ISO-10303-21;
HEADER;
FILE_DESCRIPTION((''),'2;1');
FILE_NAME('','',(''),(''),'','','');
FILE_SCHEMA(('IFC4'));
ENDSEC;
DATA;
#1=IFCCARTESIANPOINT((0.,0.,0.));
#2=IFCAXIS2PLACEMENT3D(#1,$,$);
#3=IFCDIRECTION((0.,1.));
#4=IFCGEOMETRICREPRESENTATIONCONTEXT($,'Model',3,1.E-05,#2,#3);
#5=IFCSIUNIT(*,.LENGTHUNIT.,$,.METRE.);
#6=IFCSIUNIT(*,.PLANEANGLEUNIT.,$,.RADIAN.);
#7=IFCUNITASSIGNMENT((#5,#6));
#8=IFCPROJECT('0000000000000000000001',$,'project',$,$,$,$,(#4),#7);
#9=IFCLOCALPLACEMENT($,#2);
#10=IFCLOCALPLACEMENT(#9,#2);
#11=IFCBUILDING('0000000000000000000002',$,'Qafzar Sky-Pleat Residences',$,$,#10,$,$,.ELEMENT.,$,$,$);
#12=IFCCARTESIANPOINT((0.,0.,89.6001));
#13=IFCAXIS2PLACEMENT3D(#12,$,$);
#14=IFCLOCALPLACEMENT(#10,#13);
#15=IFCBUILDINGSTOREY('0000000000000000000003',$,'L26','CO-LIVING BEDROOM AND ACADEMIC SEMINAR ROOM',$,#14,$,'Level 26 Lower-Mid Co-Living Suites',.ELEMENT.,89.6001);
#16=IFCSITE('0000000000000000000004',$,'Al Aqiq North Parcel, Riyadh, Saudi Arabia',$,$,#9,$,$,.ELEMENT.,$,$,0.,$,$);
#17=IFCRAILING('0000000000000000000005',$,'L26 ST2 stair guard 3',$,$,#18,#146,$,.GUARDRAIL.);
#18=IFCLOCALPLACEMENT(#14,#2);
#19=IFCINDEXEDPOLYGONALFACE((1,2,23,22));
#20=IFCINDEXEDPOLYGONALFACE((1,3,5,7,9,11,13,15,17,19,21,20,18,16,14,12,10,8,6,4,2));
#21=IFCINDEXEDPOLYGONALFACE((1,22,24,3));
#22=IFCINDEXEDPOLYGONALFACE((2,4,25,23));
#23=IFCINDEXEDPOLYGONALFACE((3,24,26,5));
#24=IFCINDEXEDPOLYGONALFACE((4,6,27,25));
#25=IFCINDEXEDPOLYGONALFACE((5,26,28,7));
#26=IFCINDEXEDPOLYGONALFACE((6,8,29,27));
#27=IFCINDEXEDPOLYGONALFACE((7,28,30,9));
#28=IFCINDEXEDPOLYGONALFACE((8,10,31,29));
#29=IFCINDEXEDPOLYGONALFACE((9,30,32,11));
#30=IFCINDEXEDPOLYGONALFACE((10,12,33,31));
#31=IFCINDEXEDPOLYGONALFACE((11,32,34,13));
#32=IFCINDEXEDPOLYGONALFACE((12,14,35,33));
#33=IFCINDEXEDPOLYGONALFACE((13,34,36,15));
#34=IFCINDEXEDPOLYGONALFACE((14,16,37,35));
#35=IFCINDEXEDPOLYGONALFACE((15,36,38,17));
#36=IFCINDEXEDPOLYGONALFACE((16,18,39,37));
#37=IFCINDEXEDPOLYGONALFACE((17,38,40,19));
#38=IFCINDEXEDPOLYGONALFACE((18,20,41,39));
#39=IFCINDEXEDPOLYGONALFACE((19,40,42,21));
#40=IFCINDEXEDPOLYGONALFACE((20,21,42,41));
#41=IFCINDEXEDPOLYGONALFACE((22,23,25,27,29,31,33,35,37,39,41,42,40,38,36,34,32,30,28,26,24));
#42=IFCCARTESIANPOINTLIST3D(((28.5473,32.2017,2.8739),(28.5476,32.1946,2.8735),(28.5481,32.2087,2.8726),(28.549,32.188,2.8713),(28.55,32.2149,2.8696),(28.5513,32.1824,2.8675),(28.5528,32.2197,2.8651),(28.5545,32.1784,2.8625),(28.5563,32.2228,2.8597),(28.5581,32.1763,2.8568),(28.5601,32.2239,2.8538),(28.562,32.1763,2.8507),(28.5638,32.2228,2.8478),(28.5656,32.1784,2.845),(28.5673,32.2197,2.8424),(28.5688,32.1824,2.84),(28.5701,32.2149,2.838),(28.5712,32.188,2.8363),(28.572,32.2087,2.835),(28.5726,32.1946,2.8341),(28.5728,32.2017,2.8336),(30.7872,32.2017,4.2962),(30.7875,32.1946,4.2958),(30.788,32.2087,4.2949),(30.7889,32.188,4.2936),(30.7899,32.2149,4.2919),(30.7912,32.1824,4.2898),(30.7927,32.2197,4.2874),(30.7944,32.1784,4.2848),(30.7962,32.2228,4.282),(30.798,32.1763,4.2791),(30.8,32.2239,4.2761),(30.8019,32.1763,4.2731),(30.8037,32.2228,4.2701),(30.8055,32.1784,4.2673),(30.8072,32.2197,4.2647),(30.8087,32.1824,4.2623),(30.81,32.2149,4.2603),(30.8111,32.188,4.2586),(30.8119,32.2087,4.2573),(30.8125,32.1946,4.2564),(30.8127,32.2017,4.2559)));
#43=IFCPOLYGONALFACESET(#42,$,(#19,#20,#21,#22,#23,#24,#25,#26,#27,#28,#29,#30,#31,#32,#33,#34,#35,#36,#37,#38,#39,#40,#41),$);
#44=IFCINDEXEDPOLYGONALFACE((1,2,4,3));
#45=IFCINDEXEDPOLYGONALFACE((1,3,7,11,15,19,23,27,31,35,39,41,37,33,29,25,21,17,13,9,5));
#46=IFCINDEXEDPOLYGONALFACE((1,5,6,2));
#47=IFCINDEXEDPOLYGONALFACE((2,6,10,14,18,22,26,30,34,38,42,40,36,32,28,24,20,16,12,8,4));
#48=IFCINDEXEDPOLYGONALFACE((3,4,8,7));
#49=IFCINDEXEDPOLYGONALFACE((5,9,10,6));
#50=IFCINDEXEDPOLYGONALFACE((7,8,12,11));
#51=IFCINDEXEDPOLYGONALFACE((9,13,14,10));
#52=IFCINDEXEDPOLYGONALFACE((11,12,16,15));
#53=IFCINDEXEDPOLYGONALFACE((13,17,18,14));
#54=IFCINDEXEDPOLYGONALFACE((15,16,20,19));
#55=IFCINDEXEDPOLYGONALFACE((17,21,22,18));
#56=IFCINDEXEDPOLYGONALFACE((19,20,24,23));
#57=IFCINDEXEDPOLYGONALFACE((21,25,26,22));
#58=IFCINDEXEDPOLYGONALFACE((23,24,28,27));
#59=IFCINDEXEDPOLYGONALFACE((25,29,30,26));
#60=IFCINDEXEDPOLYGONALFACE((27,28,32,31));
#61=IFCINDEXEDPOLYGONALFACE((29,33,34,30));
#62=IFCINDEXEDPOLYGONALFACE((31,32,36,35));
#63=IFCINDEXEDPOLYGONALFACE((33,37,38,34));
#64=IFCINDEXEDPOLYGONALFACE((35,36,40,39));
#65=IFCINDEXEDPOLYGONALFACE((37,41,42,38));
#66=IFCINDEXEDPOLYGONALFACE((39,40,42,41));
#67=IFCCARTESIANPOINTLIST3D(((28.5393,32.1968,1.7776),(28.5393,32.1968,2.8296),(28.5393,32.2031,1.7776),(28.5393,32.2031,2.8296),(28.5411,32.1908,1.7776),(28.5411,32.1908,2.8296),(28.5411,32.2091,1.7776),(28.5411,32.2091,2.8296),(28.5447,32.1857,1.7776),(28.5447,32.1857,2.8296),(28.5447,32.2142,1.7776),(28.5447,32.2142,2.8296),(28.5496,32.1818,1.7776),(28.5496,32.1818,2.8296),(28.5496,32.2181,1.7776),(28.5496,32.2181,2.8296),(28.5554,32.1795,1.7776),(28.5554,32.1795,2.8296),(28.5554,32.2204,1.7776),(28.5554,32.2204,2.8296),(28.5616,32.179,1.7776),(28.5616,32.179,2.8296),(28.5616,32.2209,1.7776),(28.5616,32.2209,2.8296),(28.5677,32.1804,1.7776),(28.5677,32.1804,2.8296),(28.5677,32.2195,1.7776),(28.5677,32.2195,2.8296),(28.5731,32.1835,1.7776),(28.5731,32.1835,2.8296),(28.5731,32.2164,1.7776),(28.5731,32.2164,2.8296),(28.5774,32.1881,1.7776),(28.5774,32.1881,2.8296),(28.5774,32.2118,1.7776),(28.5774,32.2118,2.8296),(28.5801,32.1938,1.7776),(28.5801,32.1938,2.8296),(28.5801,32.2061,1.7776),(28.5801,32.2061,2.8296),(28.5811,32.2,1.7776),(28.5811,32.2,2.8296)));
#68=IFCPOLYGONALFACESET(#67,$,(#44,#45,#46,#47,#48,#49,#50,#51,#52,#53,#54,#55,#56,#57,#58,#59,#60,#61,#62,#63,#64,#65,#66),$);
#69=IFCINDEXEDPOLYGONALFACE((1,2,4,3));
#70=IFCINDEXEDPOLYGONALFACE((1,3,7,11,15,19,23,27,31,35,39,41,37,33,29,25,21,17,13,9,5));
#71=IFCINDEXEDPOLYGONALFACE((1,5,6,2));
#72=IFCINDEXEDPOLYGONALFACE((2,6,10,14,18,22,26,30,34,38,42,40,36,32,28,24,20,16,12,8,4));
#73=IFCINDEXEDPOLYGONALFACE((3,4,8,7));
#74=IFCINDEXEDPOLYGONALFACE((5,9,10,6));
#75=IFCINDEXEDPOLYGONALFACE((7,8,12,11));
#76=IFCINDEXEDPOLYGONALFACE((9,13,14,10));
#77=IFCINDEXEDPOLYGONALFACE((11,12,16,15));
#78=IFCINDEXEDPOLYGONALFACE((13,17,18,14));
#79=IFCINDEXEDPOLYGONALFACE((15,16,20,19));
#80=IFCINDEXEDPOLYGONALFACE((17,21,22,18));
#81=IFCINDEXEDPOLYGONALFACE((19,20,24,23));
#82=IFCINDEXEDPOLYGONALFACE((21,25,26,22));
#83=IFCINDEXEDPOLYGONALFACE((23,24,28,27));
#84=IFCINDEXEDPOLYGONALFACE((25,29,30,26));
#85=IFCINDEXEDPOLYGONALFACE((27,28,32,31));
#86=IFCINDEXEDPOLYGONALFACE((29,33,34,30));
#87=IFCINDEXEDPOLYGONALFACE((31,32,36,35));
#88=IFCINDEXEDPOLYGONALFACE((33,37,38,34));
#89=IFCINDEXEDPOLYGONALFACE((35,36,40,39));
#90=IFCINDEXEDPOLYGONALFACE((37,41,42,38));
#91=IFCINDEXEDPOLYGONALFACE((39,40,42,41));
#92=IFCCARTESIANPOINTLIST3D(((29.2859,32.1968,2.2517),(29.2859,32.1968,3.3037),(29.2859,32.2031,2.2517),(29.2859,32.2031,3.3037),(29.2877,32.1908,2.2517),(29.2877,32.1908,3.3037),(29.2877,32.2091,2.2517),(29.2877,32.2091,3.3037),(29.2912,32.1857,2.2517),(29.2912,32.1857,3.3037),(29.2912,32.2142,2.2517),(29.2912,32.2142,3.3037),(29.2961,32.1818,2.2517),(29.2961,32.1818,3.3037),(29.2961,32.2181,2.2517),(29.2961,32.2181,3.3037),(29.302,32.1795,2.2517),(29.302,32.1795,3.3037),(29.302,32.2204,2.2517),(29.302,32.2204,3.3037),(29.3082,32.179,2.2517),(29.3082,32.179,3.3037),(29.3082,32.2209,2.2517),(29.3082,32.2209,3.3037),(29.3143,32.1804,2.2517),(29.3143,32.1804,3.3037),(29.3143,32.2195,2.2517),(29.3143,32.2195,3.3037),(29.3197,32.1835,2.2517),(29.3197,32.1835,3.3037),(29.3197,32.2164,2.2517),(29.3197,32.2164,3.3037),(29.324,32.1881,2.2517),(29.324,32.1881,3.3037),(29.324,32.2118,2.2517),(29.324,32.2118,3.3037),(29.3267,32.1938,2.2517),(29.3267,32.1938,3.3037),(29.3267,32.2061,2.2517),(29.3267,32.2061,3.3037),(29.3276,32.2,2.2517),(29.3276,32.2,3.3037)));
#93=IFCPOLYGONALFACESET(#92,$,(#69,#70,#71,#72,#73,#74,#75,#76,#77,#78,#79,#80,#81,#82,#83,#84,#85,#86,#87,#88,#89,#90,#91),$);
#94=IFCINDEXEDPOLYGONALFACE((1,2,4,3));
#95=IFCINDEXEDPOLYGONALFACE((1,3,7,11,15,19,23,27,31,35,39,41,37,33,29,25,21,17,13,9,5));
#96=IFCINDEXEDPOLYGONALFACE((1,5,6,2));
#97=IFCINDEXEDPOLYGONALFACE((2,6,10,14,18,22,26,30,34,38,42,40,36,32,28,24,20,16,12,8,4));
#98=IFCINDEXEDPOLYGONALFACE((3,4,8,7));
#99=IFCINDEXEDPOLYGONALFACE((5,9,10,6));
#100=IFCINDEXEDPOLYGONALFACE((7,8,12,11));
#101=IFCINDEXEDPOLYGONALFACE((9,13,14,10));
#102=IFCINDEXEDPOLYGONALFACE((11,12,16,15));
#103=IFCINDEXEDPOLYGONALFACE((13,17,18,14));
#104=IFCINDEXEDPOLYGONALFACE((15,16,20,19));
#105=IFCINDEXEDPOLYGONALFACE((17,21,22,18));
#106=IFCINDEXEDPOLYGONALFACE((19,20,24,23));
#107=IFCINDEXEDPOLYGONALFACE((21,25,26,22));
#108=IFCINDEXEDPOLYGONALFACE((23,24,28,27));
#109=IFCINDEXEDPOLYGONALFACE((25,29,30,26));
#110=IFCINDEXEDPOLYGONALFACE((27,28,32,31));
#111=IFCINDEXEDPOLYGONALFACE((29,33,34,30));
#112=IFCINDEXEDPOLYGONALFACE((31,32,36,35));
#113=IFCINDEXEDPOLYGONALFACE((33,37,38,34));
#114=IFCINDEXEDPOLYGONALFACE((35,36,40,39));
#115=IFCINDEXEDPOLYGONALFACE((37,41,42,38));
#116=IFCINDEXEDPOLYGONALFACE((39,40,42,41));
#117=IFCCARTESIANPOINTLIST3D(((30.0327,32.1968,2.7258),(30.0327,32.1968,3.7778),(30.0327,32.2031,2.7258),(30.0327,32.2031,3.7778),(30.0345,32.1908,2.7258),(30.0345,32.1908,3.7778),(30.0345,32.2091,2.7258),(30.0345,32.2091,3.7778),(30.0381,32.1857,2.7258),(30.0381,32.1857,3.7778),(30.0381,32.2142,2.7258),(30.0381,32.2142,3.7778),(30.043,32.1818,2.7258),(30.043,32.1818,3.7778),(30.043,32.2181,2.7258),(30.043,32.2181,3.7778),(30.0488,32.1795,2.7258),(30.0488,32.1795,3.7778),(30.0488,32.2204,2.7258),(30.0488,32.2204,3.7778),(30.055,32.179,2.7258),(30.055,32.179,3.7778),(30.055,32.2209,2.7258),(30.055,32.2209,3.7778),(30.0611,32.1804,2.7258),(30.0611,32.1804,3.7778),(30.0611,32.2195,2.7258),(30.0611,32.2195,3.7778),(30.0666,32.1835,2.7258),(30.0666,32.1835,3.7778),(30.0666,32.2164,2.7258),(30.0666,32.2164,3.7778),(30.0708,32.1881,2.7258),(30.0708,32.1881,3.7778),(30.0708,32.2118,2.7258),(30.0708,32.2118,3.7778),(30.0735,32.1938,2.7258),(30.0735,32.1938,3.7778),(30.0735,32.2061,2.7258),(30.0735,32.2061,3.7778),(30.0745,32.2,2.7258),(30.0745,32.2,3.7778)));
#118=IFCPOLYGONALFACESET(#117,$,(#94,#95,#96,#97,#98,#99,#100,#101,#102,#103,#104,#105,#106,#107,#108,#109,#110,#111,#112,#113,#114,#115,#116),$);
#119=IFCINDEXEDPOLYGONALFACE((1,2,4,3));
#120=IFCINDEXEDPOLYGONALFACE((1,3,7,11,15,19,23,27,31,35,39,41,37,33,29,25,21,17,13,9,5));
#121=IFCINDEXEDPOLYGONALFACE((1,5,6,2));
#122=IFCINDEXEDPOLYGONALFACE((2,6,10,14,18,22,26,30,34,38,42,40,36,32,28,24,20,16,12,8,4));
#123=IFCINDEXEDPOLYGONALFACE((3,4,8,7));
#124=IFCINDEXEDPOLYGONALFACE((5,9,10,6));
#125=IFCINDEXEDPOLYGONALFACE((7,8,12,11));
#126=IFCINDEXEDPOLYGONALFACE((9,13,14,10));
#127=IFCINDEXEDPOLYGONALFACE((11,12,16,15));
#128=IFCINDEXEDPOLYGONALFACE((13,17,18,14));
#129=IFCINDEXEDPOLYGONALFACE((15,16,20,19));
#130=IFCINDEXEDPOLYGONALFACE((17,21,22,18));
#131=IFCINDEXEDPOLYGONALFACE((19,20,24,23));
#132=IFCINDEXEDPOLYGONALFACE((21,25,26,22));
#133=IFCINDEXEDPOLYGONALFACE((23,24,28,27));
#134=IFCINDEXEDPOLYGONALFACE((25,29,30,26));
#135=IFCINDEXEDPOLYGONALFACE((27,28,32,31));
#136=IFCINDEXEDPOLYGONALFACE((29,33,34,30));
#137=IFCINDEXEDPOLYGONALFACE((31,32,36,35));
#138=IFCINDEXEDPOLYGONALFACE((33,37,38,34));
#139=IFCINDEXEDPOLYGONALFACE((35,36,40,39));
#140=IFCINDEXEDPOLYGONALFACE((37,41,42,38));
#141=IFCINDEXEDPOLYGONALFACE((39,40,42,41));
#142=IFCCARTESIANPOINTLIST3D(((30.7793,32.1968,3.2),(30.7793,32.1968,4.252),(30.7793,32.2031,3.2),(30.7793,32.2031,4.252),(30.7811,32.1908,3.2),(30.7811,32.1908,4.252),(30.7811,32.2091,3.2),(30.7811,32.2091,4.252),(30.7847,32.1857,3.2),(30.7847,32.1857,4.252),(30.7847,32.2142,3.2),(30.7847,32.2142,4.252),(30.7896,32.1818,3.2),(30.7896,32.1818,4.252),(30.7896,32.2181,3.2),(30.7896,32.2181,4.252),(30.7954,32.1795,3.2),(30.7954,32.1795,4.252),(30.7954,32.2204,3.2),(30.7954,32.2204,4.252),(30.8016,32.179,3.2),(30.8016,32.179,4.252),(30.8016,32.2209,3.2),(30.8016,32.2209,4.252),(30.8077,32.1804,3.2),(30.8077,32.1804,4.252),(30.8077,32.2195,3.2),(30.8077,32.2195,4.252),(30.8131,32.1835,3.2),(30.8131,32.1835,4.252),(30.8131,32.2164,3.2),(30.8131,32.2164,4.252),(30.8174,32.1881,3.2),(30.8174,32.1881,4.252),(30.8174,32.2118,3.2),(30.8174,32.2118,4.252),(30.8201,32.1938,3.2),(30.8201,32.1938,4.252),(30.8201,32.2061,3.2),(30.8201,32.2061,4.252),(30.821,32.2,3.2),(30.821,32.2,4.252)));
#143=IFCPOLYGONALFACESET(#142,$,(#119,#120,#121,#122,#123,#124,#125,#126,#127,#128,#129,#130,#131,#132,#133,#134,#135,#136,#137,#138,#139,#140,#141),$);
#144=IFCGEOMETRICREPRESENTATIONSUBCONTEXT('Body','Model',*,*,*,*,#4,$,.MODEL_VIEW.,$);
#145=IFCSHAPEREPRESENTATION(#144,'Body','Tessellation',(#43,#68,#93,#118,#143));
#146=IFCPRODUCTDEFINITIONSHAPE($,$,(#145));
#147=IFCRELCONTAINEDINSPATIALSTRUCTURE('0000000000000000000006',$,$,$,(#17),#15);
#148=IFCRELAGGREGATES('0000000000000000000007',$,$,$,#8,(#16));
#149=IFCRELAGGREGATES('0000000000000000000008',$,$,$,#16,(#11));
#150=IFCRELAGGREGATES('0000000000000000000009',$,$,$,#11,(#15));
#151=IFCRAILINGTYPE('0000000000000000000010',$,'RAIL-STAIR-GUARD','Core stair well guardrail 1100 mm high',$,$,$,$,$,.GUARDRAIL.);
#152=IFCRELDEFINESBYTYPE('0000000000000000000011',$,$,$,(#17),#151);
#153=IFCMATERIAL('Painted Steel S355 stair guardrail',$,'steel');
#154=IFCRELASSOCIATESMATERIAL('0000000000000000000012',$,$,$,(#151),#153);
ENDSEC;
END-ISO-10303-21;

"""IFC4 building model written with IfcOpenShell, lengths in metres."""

from ifc_helpers import new_model, si_unit, direction, frame, origin, origin_2d, place, context, subcontext, project, spatial, circle, extrude, source, transform, mapped, material, type_object, element, save


model = new_model("IFC4")

# Units and contexts
model_context = context("Model", 3, precision=1e-05, world=origin(), true_north=direction((0.0, 1.0)))
body_context = subcontext(model_context, "Body", "Model", "MODEL_VIEW")
ifc_project = project(units=[si_unit("LENGTHUNIT", "METRE"), si_unit("PLANEANGLEUNIT", "RADIAN")], contexts=[model_context])

# Site, building, storey
site_placement = place(None, origin())
site = spatial("IfcSite", under=ifc_project, at=site_placement, Name="Al Aqiq North Parcel, Riyadh, Saudi Arabia", CompositionType="ELEMENT", RefElevation=0.0)
building_placement = place(site_placement, origin())
building = spatial("IfcBuilding", under=site, at=building_placement, Name="Qafzar Sky-Pleat Residences", CompositionType="ELEMENT")
storey_placement = place(building_placement, frame((0.0, 0.0, 89.6001)))
storey = spatial("IfcBuildingStorey", under=building, at=storey_placement, Name="L26", Description="CO-LIVING BEDROOM AND ACADEMIC SEMINAR ROOM", LongName="Level 26 Lower-Mid Co-Living Suites", CompositionType="ELEMENT", Elevation=89.6001)

# Railing
ifc_material_1 = material(Name="Painted Steel S355 stair guardrail", Category="steel")
railing_type_1 = type_object("IfcRailingType", Name="RAIL-STAIR-GUARD", Description="Core stair well guardrail 1100 mm high", PredefinedType="GUARDRAIL", material=ifc_material_1)
shared_shape_1 = source(origin(), body_context, "Body", "SweptSolid", [
    extrude(circle(Radius=0.0239, at=origin_2d()), frame((0.0, 0.0, 1.0762), z_axis=(0.844188, 0.0, 0.536048), x_axis=(0.0, 1.0, 0.0)), (0.0, 0.0, 1.0), 2.6533),
    extrude(circle(Radius=0.021, at=origin_2d()), origin(), (0.0, 0.0, 1.0), 1.052),
    extrude(circle(Radius=0.021, at=origin_2d()), frame((0.7466, 0.0, 0.4741)), (0.0, 0.0, 1.0), 1.052),
    extrude(circle(Radius=0.021, at=origin_2d()), frame((1.4934, 0.0, 0.9482)), (0.0, 0.0, 1.0), 1.052),
    extrude(circle(Radius=0.021, at=origin_2d()), frame((2.24, 0.0, 1.4224)), (0.0, 0.0, 1.0), 1.052),
])
railing_1_placement = place(storey_placement, frame((28.5601, 32.2, 1.7776)))
element("IfcRailing", 1, at=railing_1_placement, inside=storey, type_object=railing_type_1, Name="L26 ST2 stair guard 3", PredefinedType="GUARDRAIL", context=body_context, shape_type="MappedRepresentation", body=[
    mapped(shared_shape_1, transform((0.0, 0.0, 0.0), x_axis=(1.0, 0.0, 0.0), y_axis=(0.0, 1.0, 0.0), z_axis=(0.0, 0.0, 1.0), scale=1.0)),
])

save(model, "model.ifc")
